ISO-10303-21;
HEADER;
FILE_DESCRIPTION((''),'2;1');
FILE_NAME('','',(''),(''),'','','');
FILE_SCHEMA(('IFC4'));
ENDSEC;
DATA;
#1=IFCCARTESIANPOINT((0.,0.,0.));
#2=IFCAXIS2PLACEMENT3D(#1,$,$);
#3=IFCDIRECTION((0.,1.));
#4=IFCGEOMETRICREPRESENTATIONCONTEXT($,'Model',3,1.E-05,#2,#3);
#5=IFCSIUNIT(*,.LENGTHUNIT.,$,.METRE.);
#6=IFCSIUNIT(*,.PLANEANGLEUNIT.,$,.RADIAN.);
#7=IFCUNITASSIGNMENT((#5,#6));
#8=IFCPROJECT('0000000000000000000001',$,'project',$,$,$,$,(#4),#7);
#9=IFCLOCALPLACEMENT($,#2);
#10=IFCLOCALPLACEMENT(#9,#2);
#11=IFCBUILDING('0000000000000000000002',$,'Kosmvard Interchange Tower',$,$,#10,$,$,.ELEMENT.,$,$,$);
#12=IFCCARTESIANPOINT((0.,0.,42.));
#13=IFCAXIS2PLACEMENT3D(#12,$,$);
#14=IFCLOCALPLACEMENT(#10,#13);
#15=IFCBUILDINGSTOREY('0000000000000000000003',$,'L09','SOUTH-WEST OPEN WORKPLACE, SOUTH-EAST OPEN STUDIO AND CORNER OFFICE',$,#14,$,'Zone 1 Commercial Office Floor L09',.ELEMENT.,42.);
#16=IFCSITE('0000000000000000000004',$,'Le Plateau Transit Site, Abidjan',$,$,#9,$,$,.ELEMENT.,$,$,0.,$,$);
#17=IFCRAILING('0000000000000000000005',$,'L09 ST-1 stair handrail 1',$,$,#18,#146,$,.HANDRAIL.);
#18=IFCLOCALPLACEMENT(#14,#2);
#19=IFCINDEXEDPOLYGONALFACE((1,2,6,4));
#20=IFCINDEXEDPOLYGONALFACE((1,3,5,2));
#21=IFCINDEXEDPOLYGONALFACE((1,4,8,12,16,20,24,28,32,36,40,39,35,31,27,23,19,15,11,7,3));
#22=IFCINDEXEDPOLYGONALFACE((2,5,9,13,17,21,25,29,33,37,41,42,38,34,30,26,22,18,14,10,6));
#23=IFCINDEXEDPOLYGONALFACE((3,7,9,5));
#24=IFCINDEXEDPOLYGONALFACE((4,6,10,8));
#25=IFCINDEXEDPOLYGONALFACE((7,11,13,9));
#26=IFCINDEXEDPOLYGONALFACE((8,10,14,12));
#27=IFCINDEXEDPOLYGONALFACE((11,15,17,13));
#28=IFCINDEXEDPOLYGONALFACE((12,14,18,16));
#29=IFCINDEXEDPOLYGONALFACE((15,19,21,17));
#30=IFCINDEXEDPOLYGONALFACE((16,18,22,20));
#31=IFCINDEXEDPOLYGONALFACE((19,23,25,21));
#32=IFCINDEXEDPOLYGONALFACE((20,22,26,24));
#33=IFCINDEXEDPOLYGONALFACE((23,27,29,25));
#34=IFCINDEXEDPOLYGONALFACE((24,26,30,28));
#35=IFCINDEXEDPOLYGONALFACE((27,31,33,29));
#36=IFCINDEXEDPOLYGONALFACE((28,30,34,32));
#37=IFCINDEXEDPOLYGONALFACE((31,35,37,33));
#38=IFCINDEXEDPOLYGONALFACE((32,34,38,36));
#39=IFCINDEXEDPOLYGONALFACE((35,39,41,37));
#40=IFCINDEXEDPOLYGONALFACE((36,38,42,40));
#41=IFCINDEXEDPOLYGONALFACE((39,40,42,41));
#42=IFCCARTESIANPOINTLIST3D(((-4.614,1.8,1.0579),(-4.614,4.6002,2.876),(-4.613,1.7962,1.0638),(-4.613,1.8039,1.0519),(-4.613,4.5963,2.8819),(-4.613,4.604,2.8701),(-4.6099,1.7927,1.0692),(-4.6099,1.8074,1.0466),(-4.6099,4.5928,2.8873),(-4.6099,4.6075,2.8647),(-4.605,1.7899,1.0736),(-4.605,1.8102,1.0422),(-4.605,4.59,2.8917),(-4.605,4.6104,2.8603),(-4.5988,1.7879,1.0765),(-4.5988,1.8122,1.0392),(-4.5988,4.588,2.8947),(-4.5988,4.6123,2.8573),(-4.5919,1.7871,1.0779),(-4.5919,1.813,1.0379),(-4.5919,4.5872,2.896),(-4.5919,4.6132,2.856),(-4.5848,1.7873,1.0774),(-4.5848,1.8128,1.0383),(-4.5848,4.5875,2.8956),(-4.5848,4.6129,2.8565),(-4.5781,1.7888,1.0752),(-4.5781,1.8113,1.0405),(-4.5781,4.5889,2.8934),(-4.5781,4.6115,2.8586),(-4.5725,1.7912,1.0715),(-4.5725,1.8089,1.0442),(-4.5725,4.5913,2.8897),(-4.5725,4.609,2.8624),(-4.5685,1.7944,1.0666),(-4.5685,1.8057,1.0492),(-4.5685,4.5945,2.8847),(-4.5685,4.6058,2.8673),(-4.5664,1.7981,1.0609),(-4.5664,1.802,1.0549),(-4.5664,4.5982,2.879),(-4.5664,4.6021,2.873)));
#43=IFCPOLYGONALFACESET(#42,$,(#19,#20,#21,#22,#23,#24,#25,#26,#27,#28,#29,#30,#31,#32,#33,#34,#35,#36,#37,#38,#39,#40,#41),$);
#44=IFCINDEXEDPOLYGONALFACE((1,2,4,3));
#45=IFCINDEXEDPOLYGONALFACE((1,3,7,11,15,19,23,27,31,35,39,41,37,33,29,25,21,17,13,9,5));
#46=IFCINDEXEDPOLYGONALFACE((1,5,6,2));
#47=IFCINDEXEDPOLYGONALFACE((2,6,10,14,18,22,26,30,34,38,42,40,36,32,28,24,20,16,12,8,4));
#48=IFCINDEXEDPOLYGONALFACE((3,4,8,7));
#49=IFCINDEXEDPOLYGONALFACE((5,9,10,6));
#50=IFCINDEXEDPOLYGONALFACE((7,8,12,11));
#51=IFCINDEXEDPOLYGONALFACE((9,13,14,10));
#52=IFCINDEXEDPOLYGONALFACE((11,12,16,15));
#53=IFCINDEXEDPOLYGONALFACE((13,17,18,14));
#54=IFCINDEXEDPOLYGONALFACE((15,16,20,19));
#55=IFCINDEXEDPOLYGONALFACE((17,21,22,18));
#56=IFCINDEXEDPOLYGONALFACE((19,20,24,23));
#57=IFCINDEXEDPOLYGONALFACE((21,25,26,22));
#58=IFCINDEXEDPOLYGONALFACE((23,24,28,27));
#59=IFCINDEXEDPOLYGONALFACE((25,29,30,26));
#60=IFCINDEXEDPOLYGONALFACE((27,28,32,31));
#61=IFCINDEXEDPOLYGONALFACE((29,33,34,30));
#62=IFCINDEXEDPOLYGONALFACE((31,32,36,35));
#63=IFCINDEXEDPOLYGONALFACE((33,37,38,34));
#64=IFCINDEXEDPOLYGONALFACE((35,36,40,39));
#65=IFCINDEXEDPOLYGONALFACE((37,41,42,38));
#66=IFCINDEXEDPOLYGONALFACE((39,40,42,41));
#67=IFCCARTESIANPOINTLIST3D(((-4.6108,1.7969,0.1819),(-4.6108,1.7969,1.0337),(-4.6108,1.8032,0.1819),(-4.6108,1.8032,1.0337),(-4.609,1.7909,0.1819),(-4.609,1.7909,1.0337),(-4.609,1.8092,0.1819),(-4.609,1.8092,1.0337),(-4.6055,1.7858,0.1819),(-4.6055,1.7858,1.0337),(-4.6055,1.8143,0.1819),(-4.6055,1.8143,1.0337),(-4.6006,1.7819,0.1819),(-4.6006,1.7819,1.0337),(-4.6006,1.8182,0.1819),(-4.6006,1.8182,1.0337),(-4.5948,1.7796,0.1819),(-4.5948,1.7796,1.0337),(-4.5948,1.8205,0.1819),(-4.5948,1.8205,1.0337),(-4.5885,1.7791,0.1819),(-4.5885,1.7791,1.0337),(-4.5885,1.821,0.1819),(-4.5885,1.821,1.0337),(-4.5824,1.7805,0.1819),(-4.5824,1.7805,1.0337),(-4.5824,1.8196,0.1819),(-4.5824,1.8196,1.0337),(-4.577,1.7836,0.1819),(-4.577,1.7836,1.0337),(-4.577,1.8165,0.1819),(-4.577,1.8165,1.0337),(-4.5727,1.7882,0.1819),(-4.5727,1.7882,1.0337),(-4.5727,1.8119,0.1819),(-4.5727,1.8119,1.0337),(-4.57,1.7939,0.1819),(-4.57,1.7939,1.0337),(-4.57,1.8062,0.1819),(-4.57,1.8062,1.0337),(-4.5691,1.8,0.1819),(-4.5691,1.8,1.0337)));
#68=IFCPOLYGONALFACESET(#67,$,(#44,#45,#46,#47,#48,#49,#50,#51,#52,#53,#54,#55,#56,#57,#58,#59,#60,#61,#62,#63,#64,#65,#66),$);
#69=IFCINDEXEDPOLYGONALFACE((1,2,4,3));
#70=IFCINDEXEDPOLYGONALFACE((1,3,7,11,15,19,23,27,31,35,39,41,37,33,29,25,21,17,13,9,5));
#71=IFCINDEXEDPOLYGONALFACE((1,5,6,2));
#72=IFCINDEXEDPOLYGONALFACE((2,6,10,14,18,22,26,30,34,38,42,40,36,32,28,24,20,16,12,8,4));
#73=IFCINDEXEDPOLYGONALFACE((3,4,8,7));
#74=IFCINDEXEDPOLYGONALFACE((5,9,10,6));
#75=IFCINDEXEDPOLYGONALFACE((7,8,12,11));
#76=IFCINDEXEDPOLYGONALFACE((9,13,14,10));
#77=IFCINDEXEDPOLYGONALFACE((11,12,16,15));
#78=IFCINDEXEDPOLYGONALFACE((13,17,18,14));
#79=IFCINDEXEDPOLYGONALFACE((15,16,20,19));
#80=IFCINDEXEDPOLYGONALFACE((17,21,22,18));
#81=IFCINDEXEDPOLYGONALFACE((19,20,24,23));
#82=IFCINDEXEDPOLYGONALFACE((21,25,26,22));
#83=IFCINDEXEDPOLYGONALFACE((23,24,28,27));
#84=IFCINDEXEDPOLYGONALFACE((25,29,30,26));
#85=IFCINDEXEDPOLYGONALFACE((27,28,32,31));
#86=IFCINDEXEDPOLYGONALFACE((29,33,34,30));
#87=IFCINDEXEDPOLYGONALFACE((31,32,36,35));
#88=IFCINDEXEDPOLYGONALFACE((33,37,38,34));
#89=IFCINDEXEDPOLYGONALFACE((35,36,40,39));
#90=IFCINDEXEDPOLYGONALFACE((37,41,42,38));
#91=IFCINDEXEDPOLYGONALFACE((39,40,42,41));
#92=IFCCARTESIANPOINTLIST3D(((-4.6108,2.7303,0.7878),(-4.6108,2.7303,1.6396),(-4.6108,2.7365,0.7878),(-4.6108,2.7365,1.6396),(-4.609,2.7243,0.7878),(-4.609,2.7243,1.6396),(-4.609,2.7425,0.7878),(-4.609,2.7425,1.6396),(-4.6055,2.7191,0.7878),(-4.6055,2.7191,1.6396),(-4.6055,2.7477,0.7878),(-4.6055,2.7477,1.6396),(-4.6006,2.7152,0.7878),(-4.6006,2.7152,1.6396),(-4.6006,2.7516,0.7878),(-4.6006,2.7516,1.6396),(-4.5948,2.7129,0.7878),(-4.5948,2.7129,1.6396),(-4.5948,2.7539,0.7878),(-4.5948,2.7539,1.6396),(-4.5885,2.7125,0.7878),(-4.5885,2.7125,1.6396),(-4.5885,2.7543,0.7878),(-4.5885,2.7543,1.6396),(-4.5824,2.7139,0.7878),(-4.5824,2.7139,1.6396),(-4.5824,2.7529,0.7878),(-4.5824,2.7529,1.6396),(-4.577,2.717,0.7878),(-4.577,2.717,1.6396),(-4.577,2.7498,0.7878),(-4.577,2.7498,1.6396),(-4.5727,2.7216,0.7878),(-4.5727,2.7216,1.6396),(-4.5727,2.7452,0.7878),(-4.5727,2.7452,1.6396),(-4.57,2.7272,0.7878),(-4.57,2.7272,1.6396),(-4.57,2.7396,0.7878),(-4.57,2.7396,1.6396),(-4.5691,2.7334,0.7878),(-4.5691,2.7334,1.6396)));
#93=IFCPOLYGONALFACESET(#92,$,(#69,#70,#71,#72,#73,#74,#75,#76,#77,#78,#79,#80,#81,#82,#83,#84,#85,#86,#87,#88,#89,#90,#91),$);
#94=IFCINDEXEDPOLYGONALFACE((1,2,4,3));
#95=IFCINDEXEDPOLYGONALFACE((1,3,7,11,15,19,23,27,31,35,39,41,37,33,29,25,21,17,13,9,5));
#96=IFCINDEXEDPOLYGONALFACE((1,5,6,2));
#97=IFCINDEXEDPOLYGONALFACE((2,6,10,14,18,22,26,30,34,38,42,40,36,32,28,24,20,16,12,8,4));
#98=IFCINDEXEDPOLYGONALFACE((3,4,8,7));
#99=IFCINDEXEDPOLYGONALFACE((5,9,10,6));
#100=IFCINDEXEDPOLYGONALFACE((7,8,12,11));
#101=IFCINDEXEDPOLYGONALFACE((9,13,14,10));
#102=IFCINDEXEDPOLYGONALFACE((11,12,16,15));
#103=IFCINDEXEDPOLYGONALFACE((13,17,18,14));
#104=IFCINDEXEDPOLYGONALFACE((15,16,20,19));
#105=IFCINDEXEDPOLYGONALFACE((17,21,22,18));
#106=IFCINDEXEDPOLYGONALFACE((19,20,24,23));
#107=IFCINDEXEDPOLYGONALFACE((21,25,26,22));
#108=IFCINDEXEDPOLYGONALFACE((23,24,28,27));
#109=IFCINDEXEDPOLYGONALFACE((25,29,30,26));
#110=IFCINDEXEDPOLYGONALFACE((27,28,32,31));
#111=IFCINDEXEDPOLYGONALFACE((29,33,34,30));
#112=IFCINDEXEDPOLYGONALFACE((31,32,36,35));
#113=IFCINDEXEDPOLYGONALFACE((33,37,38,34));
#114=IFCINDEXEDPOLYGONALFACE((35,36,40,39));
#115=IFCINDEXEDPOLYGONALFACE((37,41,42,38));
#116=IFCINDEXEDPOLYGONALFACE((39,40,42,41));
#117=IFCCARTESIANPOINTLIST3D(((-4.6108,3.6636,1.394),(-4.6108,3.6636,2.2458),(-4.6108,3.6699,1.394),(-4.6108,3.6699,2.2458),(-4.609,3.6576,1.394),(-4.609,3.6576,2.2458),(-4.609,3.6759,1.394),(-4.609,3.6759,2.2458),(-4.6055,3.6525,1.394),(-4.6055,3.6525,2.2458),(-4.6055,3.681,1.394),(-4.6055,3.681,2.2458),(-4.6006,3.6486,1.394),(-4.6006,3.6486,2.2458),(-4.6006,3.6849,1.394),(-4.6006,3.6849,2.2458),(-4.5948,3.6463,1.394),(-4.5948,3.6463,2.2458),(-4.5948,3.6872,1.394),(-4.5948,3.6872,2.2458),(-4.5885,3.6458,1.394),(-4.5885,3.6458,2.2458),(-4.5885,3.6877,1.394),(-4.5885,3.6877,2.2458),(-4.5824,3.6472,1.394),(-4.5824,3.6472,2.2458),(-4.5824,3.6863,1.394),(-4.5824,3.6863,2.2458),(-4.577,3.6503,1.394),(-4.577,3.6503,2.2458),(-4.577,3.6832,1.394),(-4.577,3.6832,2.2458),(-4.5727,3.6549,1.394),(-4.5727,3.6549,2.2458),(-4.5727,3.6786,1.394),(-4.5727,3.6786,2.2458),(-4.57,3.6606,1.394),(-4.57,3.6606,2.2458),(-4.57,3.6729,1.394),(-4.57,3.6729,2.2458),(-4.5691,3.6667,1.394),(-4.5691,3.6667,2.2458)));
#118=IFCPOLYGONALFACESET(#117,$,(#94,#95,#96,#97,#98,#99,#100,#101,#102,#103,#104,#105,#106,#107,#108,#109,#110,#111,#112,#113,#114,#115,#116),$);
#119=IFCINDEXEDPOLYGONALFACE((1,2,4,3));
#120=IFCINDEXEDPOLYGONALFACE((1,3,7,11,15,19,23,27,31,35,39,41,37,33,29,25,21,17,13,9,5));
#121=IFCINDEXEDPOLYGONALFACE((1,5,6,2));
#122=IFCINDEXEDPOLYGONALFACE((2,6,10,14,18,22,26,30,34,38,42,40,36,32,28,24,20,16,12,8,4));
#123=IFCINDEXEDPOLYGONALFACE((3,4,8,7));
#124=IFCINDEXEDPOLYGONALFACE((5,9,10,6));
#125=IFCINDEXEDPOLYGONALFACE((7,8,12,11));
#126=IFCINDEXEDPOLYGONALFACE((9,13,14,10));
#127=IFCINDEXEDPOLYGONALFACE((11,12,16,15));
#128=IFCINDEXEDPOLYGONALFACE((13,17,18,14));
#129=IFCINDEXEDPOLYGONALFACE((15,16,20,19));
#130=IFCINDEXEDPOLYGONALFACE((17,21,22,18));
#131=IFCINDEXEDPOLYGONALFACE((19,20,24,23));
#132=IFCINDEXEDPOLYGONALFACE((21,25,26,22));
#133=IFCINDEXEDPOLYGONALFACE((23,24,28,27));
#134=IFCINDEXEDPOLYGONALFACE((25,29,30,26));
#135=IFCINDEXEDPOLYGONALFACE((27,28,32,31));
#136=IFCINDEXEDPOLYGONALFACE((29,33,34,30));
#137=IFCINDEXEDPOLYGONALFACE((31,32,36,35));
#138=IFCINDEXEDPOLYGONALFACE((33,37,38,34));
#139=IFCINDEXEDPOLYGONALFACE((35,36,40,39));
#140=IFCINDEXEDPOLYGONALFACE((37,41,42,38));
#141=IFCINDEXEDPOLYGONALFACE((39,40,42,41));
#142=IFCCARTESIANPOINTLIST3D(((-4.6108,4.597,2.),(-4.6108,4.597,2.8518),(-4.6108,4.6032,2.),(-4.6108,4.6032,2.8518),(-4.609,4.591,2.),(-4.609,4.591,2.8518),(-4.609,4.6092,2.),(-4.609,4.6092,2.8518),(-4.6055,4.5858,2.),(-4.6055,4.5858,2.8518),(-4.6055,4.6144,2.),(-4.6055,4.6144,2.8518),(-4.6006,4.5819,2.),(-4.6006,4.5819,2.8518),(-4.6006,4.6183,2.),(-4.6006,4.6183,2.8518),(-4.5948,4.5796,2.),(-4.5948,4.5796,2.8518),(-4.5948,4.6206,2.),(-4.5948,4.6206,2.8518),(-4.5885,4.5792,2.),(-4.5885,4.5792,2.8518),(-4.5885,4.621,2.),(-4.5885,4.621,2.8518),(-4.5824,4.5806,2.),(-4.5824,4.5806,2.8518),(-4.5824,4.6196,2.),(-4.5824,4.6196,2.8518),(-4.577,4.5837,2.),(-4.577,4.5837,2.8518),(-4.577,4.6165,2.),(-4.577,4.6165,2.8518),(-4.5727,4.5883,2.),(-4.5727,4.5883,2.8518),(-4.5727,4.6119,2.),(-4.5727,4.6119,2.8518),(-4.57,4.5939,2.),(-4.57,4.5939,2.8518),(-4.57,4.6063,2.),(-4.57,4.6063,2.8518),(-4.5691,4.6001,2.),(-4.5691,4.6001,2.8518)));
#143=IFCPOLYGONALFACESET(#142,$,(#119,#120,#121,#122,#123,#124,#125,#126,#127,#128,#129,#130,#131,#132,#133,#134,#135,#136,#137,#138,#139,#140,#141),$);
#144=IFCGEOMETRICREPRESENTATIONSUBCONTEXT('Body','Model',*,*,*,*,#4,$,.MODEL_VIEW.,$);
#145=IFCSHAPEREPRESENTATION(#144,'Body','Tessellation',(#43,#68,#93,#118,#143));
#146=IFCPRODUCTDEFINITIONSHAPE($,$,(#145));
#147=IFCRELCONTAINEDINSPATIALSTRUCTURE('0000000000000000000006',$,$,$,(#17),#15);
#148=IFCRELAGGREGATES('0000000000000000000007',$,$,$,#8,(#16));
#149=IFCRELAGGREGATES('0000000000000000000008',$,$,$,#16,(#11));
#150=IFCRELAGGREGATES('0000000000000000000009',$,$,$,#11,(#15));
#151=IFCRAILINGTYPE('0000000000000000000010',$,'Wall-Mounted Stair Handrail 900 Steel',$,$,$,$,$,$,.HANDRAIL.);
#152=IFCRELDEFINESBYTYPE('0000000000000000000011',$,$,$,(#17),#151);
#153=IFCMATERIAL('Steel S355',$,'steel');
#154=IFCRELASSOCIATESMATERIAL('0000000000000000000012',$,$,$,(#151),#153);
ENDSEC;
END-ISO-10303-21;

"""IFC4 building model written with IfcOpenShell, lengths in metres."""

from ifc_helpers import new_model, si_unit, direction, frame, origin, origin_2d, place, context, subcontext, project, spatial, circle, extrude, source, transform, mapped, material, type_object, element, save


model = new_model("IFC4")

# Units and contexts
model_context = context("Model", 3, precision=1e-05, world=origin(), true_north=direction((0.0, 1.0)))
body_context = subcontext(model_context, "Body", "Model", "MODEL_VIEW")
ifc_project = project(units=[si_unit("LENGTHUNIT", "METRE"), si_unit("PLANEANGLEUNIT", "RADIAN")], contexts=[model_context])

# Site, building, storey
site_placement = place(None, origin())
site = spatial("IfcSite", under=ifc_project, at=site_placement, Name="Le Plateau Transit Site, Abidjan", CompositionType="ELEMENT", RefElevation=0.0)
building_placement = place(site_placement, origin())
building = spatial("IfcBuilding", under=site, at=building_placement, Name="Kosmvard Interchange Tower", CompositionType="ELEMENT")
storey_placement = place(building_placement, frame((0.0, 0.0, 42.0)))
storey = spatial("IfcBuildingStorey", under=building, at=storey_placement, Name="L09", Description="SOUTH-WEST OPEN WORKPLACE, SOUTH-EAST OPEN STUDIO AND CORNER OFFICE", LongName="Zone 1 Commercial Office Floor L09", CompositionType="ELEMENT", Elevation=42.0)

# Railing
ifc_material_1 = material(Name="Steel S355", Category="steel")
railing_type_1 = type_object("IfcRailingType", Name="Wall-Mounted Stair Handrail 900 Steel", PredefinedType="HANDRAIL", material=ifc_material_1)
shared_shape_1 = source(origin(), body_context, "Body", "SweptSolid", [
    extrude(circle(Radius=0.0239, at=origin_2d()), frame((0.0, 0.0, 0.876), z_axis=(0.0, 0.838706, 0.544585), x_axis=(-1.0, 0.0, 0.0)), (0.0, 0.0, 1.0), 3.3386),
    extrude(circle(Radius=0.021, at=origin_2d()), origin(), (0.0, 0.0, 1.0), 0.8518),
    extrude(circle(Radius=0.021, at=origin_2d()), frame((0.0, 0.9333, 0.606)), (0.0, 0.0, 1.0), 0.8518),
    extrude(circle(Radius=0.021, at=origin_2d()), frame((0.0, 1.8667, 1.2122)), (0.0, 0.0, 1.0), 0.8518),
    extrude(circle(Radius=0.021, at=origin_2d()), frame((0.0, 2.8, 1.8181)), (0.0, 0.0, 1.0), 0.8518),
])
railing_1_placement = place(storey_placement, frame((-4.5901, 1.8, 0.1819)))
element("IfcRailing", 1, at=railing_1_placement, inside=storey, type_object=railing_type_1, Name="L09 ST-1 stair handrail 1", PredefinedType="HANDRAIL", context=body_context, shape_type="MappedRepresentation", body=[
    mapped(shared_shape_1, transform((0.0, 0.0, 0.0), scale=1.0)),
])

save(model, "model.ifc")
